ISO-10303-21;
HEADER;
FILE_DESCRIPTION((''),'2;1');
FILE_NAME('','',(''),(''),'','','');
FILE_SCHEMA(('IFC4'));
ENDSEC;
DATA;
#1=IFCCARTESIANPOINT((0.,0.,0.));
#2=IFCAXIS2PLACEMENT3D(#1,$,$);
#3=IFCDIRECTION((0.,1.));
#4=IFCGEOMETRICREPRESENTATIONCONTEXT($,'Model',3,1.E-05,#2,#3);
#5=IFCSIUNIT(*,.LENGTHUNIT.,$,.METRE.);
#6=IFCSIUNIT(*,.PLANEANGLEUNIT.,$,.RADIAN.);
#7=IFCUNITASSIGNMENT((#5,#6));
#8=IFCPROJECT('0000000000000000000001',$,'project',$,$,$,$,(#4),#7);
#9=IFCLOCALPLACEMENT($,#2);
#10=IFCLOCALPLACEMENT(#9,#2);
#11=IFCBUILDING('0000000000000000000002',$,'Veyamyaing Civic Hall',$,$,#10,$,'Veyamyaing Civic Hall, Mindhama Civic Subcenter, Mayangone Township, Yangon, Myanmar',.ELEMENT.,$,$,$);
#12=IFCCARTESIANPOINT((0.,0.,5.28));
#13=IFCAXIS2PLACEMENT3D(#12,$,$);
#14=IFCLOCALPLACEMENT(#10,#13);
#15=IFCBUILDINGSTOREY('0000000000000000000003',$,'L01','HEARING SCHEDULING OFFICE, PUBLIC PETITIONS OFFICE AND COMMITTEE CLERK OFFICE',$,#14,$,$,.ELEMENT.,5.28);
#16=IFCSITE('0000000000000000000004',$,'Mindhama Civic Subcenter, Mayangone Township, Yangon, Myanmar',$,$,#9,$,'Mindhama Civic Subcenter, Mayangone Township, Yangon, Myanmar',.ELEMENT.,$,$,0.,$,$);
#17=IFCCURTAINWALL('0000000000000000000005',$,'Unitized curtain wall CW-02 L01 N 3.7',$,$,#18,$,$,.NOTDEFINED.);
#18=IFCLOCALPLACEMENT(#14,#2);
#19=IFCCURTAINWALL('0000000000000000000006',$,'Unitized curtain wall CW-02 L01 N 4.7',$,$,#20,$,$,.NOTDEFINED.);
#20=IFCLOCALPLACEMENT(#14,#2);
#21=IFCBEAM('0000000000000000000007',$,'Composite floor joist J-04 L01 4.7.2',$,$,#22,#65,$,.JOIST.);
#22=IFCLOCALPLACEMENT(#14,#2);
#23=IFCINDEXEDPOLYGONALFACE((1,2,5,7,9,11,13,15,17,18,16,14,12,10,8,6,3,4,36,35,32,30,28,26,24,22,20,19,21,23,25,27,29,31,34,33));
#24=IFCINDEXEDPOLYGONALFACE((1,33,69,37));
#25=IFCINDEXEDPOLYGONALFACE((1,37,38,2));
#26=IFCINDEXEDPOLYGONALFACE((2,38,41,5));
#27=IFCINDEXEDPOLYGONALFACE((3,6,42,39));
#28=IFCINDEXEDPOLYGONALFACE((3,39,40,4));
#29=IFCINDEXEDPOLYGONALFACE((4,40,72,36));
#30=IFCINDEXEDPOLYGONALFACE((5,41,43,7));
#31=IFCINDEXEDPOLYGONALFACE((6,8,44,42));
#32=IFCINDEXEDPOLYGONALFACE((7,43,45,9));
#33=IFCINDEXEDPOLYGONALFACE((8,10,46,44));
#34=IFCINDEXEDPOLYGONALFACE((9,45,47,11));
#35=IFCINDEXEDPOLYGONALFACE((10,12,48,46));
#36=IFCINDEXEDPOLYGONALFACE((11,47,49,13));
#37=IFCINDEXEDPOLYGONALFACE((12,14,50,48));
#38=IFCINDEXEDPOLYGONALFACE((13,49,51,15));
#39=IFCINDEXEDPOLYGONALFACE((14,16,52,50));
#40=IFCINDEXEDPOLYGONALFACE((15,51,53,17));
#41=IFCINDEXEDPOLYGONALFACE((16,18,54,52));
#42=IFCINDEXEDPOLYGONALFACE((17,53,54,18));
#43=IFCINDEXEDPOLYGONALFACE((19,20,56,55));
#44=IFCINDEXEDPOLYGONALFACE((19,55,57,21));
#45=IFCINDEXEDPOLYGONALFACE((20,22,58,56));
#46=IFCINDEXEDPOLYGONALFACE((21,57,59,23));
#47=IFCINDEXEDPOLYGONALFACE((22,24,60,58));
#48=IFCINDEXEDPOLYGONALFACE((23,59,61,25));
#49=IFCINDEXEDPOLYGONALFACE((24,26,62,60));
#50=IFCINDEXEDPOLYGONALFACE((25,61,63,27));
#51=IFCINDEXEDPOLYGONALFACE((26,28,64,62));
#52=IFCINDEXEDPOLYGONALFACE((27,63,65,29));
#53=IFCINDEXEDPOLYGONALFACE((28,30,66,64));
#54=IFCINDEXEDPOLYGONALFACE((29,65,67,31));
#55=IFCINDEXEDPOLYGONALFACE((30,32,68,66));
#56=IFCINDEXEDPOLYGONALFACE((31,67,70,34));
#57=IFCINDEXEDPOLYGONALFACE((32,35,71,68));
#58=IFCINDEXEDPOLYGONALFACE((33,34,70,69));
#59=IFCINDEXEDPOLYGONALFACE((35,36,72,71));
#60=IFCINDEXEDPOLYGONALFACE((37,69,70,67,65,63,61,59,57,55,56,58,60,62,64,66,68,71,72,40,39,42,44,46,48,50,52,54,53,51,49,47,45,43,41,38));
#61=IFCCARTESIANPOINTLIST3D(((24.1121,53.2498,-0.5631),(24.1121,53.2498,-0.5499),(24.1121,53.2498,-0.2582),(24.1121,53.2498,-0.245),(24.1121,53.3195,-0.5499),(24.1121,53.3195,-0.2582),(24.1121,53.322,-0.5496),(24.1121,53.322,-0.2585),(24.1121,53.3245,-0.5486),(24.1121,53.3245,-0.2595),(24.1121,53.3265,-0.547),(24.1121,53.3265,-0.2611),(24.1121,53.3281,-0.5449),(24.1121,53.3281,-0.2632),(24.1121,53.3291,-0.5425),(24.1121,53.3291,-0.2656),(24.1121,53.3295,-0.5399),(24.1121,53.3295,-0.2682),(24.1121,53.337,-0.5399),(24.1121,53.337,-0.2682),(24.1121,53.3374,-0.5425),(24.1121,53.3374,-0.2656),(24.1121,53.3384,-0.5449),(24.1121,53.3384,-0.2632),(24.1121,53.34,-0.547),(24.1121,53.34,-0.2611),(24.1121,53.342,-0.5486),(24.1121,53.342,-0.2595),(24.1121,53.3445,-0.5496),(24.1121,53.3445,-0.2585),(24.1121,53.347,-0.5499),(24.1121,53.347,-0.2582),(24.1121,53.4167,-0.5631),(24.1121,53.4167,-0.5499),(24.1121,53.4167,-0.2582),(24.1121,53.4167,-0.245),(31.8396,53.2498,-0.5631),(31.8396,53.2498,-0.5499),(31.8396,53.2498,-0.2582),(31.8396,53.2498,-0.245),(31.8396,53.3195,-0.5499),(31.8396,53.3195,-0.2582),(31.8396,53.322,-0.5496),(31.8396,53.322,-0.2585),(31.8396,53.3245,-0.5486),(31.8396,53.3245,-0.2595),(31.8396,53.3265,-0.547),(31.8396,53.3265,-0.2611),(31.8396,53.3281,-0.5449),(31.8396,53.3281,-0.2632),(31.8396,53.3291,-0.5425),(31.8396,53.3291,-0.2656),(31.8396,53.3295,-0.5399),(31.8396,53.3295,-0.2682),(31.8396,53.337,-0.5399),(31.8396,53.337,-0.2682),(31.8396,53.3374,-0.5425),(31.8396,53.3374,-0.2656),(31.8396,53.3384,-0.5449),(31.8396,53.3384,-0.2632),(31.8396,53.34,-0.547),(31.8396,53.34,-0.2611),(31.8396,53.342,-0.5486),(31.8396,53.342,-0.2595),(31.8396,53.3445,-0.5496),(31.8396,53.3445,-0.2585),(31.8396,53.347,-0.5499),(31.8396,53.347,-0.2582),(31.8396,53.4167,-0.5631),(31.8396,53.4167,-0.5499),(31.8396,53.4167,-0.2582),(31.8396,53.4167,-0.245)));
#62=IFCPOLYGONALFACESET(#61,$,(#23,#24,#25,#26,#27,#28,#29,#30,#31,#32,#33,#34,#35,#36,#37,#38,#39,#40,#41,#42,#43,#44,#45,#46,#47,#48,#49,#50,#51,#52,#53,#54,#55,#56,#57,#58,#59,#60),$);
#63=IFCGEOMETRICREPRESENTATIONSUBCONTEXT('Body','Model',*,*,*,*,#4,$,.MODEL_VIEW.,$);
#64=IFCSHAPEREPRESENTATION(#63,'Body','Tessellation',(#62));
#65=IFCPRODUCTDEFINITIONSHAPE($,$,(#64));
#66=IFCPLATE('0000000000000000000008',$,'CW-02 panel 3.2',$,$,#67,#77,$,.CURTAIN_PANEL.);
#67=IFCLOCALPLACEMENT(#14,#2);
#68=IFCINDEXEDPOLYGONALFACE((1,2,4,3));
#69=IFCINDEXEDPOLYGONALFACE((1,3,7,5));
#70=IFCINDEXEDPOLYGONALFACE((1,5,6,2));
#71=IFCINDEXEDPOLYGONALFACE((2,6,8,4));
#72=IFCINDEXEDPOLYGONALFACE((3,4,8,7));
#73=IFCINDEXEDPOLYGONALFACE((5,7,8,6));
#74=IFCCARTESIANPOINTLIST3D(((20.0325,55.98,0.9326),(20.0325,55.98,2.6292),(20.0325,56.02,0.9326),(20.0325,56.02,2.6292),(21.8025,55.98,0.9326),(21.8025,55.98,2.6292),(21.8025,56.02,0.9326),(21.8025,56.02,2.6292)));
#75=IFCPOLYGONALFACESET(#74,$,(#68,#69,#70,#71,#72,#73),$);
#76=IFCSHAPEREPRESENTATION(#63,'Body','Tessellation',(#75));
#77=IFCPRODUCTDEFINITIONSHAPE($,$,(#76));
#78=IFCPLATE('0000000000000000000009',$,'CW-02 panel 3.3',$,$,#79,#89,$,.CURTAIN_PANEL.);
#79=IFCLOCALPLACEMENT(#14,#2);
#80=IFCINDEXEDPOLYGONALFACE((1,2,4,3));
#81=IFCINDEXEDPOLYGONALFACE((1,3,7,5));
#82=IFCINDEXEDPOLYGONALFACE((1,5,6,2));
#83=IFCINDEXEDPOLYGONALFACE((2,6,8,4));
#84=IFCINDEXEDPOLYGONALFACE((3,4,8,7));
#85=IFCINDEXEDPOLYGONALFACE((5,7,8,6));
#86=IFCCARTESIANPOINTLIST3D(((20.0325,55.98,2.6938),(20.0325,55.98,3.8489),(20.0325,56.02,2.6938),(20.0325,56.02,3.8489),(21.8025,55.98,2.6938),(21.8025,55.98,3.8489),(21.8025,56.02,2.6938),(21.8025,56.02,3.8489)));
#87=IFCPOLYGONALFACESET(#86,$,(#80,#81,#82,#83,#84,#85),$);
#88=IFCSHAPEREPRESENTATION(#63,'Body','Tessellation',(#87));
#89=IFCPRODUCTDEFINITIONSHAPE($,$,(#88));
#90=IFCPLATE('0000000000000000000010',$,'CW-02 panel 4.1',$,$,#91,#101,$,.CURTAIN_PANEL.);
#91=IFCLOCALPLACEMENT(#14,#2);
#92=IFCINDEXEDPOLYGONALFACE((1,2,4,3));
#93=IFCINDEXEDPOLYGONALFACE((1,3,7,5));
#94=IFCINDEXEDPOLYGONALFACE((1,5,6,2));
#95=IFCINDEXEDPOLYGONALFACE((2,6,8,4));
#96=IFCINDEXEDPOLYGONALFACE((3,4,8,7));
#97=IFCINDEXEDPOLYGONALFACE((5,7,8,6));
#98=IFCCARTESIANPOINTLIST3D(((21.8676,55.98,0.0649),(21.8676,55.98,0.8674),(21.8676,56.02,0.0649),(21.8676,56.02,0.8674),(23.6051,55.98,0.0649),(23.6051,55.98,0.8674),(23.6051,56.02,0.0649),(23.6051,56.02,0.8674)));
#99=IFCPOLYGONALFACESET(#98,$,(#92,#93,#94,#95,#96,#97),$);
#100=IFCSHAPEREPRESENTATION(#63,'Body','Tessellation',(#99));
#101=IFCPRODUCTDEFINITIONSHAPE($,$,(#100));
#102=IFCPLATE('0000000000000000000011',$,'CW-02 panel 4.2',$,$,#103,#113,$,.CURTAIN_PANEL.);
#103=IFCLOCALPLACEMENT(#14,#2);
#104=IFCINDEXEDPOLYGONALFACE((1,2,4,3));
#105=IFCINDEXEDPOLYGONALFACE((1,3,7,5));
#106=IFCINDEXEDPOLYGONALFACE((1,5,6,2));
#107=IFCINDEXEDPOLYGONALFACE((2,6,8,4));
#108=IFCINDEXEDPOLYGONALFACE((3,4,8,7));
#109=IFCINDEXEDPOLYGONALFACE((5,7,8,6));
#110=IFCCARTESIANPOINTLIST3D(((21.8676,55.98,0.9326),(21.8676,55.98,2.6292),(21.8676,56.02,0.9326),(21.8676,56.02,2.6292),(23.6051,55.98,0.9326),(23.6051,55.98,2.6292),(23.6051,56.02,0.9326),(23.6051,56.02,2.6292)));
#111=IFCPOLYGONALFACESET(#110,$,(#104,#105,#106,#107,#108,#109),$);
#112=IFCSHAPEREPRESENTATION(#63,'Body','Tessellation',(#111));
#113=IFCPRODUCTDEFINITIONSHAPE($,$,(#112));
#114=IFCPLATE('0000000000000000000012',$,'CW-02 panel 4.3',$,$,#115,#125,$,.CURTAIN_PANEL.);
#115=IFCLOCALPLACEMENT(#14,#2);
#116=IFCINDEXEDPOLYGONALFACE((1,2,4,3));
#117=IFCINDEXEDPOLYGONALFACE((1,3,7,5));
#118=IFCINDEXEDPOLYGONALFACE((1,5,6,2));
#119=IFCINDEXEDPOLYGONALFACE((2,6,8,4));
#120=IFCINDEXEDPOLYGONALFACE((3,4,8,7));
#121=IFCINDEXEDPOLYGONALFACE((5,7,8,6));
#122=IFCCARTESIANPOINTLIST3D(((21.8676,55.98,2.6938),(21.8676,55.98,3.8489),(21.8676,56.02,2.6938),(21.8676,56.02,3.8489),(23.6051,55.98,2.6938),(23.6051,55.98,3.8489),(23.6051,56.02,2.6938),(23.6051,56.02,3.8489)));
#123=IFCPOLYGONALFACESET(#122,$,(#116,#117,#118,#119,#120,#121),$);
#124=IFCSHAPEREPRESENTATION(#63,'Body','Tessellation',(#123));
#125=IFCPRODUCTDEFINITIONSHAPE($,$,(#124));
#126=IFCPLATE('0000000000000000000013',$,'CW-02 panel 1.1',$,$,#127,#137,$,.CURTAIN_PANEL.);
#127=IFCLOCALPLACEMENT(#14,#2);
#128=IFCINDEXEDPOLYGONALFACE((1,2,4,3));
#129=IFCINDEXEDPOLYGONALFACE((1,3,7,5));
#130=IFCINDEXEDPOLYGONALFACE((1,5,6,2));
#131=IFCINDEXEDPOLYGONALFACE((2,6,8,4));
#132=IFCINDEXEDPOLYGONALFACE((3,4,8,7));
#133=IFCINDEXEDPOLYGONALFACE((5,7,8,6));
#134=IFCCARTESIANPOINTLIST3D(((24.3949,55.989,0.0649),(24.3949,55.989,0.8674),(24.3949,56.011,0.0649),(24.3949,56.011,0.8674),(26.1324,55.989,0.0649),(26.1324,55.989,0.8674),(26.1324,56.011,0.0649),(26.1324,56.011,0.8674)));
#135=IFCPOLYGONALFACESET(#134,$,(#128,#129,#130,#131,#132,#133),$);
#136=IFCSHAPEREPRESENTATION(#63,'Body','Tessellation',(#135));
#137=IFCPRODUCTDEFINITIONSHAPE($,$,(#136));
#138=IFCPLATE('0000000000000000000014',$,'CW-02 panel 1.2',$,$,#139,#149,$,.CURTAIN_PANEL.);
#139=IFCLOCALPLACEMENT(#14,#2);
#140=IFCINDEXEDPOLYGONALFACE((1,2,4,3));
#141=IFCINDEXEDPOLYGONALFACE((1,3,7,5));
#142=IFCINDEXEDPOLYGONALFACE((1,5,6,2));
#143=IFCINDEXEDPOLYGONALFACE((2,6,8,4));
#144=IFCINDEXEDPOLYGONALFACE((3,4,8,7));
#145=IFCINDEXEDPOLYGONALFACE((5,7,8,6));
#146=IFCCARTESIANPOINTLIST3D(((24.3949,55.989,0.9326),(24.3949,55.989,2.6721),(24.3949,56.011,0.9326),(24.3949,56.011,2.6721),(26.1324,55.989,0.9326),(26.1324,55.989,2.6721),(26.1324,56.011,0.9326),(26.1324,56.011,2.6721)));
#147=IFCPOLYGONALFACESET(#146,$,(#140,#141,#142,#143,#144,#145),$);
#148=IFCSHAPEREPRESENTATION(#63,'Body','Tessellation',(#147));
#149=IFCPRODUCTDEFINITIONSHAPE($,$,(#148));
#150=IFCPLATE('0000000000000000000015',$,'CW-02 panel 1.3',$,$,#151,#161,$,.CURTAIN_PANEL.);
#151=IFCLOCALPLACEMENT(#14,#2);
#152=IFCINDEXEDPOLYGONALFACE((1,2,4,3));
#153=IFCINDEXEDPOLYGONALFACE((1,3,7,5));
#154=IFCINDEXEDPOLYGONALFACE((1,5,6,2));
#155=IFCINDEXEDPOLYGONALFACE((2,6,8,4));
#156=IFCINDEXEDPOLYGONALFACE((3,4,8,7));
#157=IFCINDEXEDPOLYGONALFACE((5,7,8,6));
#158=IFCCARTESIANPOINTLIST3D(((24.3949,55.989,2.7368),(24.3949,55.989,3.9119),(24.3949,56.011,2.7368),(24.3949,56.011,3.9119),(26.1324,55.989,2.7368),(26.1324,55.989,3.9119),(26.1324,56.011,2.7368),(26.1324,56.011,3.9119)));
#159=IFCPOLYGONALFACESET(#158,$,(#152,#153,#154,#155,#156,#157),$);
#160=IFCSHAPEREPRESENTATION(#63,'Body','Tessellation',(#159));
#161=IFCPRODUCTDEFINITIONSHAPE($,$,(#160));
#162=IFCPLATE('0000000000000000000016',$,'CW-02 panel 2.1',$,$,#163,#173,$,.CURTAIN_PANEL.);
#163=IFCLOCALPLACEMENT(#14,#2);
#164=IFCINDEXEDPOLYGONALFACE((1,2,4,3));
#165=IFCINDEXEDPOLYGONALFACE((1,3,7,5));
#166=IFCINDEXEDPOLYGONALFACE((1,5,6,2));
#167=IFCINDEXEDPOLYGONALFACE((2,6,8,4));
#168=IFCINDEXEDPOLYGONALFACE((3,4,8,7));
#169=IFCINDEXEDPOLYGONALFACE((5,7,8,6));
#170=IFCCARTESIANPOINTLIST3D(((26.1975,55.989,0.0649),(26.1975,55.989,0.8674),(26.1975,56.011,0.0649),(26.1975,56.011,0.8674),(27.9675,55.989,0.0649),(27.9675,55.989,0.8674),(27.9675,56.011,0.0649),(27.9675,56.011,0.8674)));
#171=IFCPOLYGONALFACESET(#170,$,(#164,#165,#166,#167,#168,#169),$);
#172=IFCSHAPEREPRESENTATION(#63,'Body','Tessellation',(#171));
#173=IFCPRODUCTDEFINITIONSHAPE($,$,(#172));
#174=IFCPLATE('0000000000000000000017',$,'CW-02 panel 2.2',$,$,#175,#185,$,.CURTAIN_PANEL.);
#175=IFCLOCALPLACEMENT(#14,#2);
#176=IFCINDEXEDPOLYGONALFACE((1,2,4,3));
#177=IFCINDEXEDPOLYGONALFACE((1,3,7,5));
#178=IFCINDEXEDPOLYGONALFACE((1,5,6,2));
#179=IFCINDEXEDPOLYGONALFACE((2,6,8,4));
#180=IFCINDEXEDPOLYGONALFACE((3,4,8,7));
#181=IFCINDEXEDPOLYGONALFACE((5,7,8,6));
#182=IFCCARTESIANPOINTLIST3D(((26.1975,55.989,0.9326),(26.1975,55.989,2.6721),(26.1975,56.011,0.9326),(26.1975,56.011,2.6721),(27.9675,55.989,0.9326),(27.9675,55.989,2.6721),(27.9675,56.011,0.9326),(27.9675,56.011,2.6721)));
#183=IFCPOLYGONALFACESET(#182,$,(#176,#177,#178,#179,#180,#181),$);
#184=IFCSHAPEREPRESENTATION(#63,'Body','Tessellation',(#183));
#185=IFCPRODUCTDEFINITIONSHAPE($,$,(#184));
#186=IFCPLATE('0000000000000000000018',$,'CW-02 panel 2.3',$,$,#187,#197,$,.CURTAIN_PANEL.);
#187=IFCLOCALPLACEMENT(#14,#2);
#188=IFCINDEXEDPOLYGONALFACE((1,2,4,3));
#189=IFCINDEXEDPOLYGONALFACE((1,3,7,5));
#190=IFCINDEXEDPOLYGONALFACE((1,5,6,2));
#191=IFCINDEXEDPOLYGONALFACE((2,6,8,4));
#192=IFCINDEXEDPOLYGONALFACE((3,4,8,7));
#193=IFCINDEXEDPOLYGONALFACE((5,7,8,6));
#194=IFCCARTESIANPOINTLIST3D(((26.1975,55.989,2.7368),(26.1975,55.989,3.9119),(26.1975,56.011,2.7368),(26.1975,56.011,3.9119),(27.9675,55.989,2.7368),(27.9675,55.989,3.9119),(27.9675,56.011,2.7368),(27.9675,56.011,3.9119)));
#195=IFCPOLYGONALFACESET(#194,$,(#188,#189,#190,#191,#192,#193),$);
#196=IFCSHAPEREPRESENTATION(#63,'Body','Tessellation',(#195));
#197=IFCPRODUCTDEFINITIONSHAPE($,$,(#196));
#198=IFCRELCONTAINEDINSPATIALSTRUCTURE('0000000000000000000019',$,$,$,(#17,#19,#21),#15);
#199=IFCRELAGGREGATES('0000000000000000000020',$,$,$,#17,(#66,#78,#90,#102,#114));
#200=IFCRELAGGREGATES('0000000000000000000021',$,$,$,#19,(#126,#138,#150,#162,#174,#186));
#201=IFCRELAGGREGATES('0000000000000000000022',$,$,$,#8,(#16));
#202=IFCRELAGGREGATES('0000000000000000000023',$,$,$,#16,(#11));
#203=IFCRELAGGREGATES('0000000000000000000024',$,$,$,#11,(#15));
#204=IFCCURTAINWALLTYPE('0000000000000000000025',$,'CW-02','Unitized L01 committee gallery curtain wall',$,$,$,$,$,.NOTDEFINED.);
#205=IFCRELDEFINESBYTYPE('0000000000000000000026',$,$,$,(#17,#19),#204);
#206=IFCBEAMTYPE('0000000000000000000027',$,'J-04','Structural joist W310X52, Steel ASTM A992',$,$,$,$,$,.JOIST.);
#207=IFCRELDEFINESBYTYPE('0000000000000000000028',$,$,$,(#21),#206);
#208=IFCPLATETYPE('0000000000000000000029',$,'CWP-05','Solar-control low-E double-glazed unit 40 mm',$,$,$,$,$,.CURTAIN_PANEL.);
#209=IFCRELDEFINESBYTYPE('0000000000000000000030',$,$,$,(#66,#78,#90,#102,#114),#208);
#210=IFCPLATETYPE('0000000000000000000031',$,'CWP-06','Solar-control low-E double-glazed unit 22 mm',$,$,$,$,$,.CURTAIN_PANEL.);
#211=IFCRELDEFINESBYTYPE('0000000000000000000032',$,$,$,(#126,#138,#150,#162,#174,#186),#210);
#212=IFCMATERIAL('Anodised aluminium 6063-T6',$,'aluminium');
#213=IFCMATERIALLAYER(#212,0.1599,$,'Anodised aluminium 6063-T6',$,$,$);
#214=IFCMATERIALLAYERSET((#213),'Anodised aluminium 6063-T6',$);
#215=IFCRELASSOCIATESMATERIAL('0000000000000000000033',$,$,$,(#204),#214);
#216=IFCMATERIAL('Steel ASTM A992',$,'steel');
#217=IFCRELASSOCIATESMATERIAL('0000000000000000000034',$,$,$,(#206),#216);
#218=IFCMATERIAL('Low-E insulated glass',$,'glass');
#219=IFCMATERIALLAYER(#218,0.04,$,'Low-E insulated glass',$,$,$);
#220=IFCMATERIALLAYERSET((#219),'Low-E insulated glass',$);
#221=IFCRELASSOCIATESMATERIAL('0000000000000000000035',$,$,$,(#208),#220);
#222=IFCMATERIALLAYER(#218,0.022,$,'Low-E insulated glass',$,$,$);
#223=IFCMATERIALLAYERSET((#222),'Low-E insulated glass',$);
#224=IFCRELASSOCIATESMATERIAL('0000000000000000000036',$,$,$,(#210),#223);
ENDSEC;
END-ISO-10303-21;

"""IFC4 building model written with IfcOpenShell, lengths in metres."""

from ifc_helpers import new_model, si_unit, direction, frame, origin, origin_2d, place, context, subcontext, project, spatial, rectangle, i_section, extrude, material, layer, layer_set, material_profile, profile_set, type_object, element, aggregate, save


model = new_model("IFC4")

# Units and contexts
model_context = context("Model", 3, precision=1e-05, world=origin(), true_north=direction((0.0, 1.0)))
body_context = subcontext(model_context, "Body", "Model", "MODEL_VIEW")
ifc_project = project(units=[si_unit("LENGTHUNIT", "METRE"), si_unit("PLANEANGLEUNIT", "RADIAN")], contexts=[model_context])

# Site, building, storey
site_placement = place(None, origin())
site = spatial("IfcSite", under=ifc_project, at=site_placement, Name="Mindhama Civic Subcenter, Mayangone Township, Yangon, Myanmar", LongName="Mindhama Civic Subcenter, Mayangone Township, Yangon, Myanmar", CompositionType="ELEMENT", RefElevation=0.0)
building_placement = place(site_placement, origin())
building = spatial("IfcBuilding", under=site, at=building_placement, Name="Veyamyaing Civic Hall", LongName="Veyamyaing Civic Hall, Mindhama Civic Subcenter, Mayangone Township, Yangon, Myanmar", CompositionType="ELEMENT")
storey_placement = place(building_placement, frame((0.0, 0.0, 5.28)))
storey = spatial("IfcBuildingStorey", under=building, at=storey_placement, Name="L01", Description="HEARING SCHEDULING OFFICE, PUBLIC PETITIONS OFFICE AND COMMITTEE CLERK OFFICE", CompositionType="ELEMENT", Elevation=5.28)

# Shared definitions
ifc_material_1 = material(Name="Steel ASTM A992", Category="steel")

# Curtain walls
ifc_material_2 = material(Name="Anodised aluminium 6063-T6", Category="aluminium")
ifc_layer_1 = layer(ifc_material_2, 0.1599, Name="Anodised aluminium 6063-T6")
ifc_layer_set_1 = layer_set([ifc_layer_1], Name="Anodised aluminium 6063-T6")
curtain_wall_type = type_object("IfcCurtainWallType", Name="CW-02", Description="Unitized L01 committee gallery curtain wall", PredefinedType="NOTDEFINED", material=ifc_layer_set_1)
curtain_wall_1_placement = place(storey_placement, origin())
curtain_wall_1 = element("IfcCurtainWall", 1, at=curtain_wall_1_placement, inside=storey, type_object=curtain_wall_type, Name="Unitized curtain wall CW-02 L01 N 3.7", PredefinedType="NOTDEFINED")
curtain_wall_2_placement = place(storey_placement, origin())
curtain_wall_2 = element("IfcCurtainWall", 2, at=curtain_wall_2_placement, inside=storey, type_object=curtain_wall_type, Name="Unitized curtain wall CW-02 L01 N 4.7", PredefinedType="NOTDEFINED")

# Beam
ifc_material_profile_1 = material_profile(ifc_material_1, i_section(OverallWidth=0.167, OverallDepth=0.3181, WebThickness=0.0076, FlangeThickness=0.0132, FilletRadius=0.01, at=origin_2d()), Name="W310X52")
ifc_profile_set_1 = profile_set([ifc_material_profile_1], Name="Steel ASTM A992")
beam_type_1 = type_object("IfcBeamType", Name="J-04", Description="Structural joist W310X52, Steel ASTM A992", PredefinedType="JOIST", material=ifc_profile_set_1)
beam_1_placement = place(storey_placement, frame((24.1121, 53.3333, -0.4041), z_axis=(1.0, 0.0, 0.0), x_axis=(0.0, 1.0, 0.0)))
element("IfcBeam", 3, at=beam_1_placement, inside=storey, type_object=beam_type_1, Name="Composite floor joist J-04 L01 4.7.2", PredefinedType="JOIST", context=body_context, shape_type="SweptSolid", body=[
    extrude(i_section(OverallWidth=0.167, OverallDepth=0.3181, WebThickness=0.0076, FlangeThickness=0.0132, FilletRadius=0.01, at=origin_2d()), origin(), (0.0, 0.0, 1.0), 7.7275),
])

# Plates
ifc_material_3 = material(Name="Low-E insulated glass", Category="glass")
ifc_layer_2 = layer(ifc_material_3, 0.04, Name="Low-E insulated glass")
ifc_layer_set_2 = layer_set([ifc_layer_2], Name="Low-E insulated glass")
plate_type_1 = type_object("IfcPlateType", Name="CWP-05", Description="Solar-control low-E double-glazed unit 40 mm", PredefinedType="CURTAIN_PANEL", material=ifc_layer_set_2)
plate_1_placement = place(storey_placement, frame((20.9175, 56.0, 0.9326), z_axis=(0.0, 0.0, 1.0), x_axis=(1.0, 0.0, 0.0)))
plate_1 = element("IfcPlate", 4, at=plate_1_placement, type_object=plate_type_1, Name="CW-02 panel 3.2", PredefinedType="CURTAIN_PANEL", context=body_context, shape_type="SweptSolid", body=[
    extrude(rectangle(XDim=1.77, YDim=0.04, at=origin_2d()), origin(), (0.0, 0.0, 1.0), 1.6965),
])
plate_2_placement = place(storey_placement, frame((20.9175, 56.0, 2.6938), z_axis=(0.0, 0.0, 1.0), x_axis=(1.0, 0.0, 0.0)))
plate_2 = element("IfcPlate", 5, at=plate_2_placement, type_object=plate_type_1, Name="CW-02 panel 3.3", PredefinedType="CURTAIN_PANEL", context=body_context, shape_type="SweptSolid", body=[
    extrude(rectangle(XDim=1.77, YDim=0.04, at=origin_2d()), origin(), (0.0, 0.0, 1.0), 1.155),
])
plate_3_placement = place(storey_placement, frame((22.7363, 56.0, 0.0649), z_axis=(0.0, 0.0, 1.0), x_axis=(1.0, 0.0, 0.0)))
plate_3 = element("IfcPlate", 6, at=plate_3_placement, type_object=plate_type_1, Name="CW-02 panel 4.1", PredefinedType="CURTAIN_PANEL", context=body_context, shape_type="SweptSolid", body=[
    extrude(rectangle(XDim=1.7375, YDim=0.04, at=origin_2d()), origin(), (0.0, 0.0, 1.0), 0.8025),
])
plate_4_placement = place(storey_placement, frame((22.7363, 56.0, 0.9326), z_axis=(0.0, 0.0, 1.0), x_axis=(1.0, 0.0, 0.0)))
plate_4 = element("IfcPlate", 7, at=plate_4_placement, type_object=plate_type_1, Name="CW-02 panel 4.2", PredefinedType="CURTAIN_PANEL", context=body_context, shape_type="SweptSolid", body=[
    extrude(rectangle(XDim=1.7375, YDim=0.04, at=origin_2d()), origin(), (0.0, 0.0, 1.0), 1.6965),
])
plate_5_placement = place(storey_placement, frame((22.7363, 56.0, 2.6938), z_axis=(0.0, 0.0, 1.0), x_axis=(1.0, 0.0, 0.0)))
plate_5 = element("IfcPlate", 8, at=plate_5_placement, type_object=plate_type_1, Name="CW-02 panel 4.3", PredefinedType="CURTAIN_PANEL", context=body_context, shape_type="SweptSolid", body=[
    extrude(rectangle(XDim=1.7375, YDim=0.04, at=origin_2d()), origin(), (0.0, 0.0, 1.0), 1.155),
])
aggregate(curtain_wall_1, [plate_1, plate_2, plate_3, plate_4, plate_5])
ifc_layer_3 = layer(ifc_material_3, 0.022, Name="Low-E insulated glass")
ifc_layer_set_3 = layer_set([ifc_layer_3], Name="Low-E insulated glass")
plate_type_2 = type_object("IfcPlateType", Name="CWP-06", Description="Solar-control low-E double-glazed unit 22 mm", PredefinedType="CURTAIN_PANEL", material=ifc_layer_set_3)
plate_6_placement = place(storey_placement, frame((25.2637, 56.0, 0.0649), z_axis=(0.0, 0.0, 1.0), x_axis=(1.0, 0.0, 0.0)))
plate_6 = element("IfcPlate", 9, at=plate_6_placement, type_object=plate_type_2, Name="CW-02 panel 1.1", PredefinedType="CURTAIN_PANEL", context=body_context, shape_type="SweptSolid", body=[
    extrude(rectangle(XDim=1.7375, YDim=0.022, at=origin_2d()), origin(), (0.0, 0.0, 1.0), 0.8025),
])
plate_7_placement = place(storey_placement, frame((25.2637, 56.0, 0.9326), z_axis=(0.0, 0.0, 1.0), x_axis=(1.0, 0.0, 0.0)))
plate_7 = element("IfcPlate", 10, at=plate_7_placement, type_object=plate_type_2, Name="CW-02 panel 1.2", PredefinedType="CURTAIN_PANEL", context=body_context, shape_type="SweptSolid", body=[
    extrude(rectangle(XDim=1.7375, YDim=0.022, at=origin_2d()), origin(), (0.0, 0.0, 1.0), 1.7395),
])
plate_8_placement = place(storey_placement, frame((25.2637, 56.0, 2.7368), z_axis=(0.0, 0.0, 1.0), x_axis=(1.0, 0.0, 0.0)))
plate_8 = element("IfcPlate", 11, at=plate_8_placement, type_object=plate_type_2, Name="CW-02 panel 1.3", PredefinedType="CURTAIN_PANEL", context=body_context, shape_type="SweptSolid", body=[
    extrude(rectangle(XDim=1.7375, YDim=0.022, at=origin_2d()), origin(), (0.0, 0.0, 1.0), 1.175),
])
plate_9_placement = place(storey_placement, frame((27.0825, 56.0, 0.0649), z_axis=(0.0, 0.0, 1.0), x_axis=(1.0, 0.0, 0.0)))
plate_9 = element("IfcPlate", 12, at=plate_9_placement, type_object=plate_type_2, Name="CW-02 panel 2.1", PredefinedType="CURTAIN_PANEL", context=body_context, shape_type="SweptSolid", body=[
    extrude(rectangle(XDim=1.77, YDim=0.022, at=origin_2d()), origin(), (0.0, 0.0, 1.0), 0.8025),
])
plate_10_placement = place(storey_placement, frame((27.0825, 56.0, 0.9326), z_axis=(0.0, 0.0, 1.0), x_axis=(1.0, 0.0, 0.0)))
plate_10 = element("IfcPlate", 13, at=plate_10_placement, type_object=plate_type_2, Name="CW-02 panel 2.2", PredefinedType="CURTAIN_PANEL", context=body_context, shape_type="SweptSolid", body=[
    extrude(rectangle(XDim=1.77, YDim=0.022, at=origin_2d()), origin(), (0.0, 0.0, 1.0), 1.7395),
])
plate_11_placement = place(storey_placement, frame((27.0825, 56.0, 2.7368), z_axis=(0.0, 0.0, 1.0), x_axis=(1.0, 0.0, 0.0)))
plate_11 = element("IfcPlate", 14, at=plate_11_placement, type_object=plate_type_2, Name="CW-02 panel 2.3", PredefinedType="CURTAIN_PANEL", context=body_context, shape_type="SweptSolid", body=[
    extrude(rectangle(XDim=1.77, YDim=0.022, at=origin_2d()), origin(), (0.0, 0.0, 1.0), 1.175),
])
aggregate(curtain_wall_2, [plate_6, plate_7, plate_8, plate_9, plate_10, plate_11])

save(model, "model.ifc")
